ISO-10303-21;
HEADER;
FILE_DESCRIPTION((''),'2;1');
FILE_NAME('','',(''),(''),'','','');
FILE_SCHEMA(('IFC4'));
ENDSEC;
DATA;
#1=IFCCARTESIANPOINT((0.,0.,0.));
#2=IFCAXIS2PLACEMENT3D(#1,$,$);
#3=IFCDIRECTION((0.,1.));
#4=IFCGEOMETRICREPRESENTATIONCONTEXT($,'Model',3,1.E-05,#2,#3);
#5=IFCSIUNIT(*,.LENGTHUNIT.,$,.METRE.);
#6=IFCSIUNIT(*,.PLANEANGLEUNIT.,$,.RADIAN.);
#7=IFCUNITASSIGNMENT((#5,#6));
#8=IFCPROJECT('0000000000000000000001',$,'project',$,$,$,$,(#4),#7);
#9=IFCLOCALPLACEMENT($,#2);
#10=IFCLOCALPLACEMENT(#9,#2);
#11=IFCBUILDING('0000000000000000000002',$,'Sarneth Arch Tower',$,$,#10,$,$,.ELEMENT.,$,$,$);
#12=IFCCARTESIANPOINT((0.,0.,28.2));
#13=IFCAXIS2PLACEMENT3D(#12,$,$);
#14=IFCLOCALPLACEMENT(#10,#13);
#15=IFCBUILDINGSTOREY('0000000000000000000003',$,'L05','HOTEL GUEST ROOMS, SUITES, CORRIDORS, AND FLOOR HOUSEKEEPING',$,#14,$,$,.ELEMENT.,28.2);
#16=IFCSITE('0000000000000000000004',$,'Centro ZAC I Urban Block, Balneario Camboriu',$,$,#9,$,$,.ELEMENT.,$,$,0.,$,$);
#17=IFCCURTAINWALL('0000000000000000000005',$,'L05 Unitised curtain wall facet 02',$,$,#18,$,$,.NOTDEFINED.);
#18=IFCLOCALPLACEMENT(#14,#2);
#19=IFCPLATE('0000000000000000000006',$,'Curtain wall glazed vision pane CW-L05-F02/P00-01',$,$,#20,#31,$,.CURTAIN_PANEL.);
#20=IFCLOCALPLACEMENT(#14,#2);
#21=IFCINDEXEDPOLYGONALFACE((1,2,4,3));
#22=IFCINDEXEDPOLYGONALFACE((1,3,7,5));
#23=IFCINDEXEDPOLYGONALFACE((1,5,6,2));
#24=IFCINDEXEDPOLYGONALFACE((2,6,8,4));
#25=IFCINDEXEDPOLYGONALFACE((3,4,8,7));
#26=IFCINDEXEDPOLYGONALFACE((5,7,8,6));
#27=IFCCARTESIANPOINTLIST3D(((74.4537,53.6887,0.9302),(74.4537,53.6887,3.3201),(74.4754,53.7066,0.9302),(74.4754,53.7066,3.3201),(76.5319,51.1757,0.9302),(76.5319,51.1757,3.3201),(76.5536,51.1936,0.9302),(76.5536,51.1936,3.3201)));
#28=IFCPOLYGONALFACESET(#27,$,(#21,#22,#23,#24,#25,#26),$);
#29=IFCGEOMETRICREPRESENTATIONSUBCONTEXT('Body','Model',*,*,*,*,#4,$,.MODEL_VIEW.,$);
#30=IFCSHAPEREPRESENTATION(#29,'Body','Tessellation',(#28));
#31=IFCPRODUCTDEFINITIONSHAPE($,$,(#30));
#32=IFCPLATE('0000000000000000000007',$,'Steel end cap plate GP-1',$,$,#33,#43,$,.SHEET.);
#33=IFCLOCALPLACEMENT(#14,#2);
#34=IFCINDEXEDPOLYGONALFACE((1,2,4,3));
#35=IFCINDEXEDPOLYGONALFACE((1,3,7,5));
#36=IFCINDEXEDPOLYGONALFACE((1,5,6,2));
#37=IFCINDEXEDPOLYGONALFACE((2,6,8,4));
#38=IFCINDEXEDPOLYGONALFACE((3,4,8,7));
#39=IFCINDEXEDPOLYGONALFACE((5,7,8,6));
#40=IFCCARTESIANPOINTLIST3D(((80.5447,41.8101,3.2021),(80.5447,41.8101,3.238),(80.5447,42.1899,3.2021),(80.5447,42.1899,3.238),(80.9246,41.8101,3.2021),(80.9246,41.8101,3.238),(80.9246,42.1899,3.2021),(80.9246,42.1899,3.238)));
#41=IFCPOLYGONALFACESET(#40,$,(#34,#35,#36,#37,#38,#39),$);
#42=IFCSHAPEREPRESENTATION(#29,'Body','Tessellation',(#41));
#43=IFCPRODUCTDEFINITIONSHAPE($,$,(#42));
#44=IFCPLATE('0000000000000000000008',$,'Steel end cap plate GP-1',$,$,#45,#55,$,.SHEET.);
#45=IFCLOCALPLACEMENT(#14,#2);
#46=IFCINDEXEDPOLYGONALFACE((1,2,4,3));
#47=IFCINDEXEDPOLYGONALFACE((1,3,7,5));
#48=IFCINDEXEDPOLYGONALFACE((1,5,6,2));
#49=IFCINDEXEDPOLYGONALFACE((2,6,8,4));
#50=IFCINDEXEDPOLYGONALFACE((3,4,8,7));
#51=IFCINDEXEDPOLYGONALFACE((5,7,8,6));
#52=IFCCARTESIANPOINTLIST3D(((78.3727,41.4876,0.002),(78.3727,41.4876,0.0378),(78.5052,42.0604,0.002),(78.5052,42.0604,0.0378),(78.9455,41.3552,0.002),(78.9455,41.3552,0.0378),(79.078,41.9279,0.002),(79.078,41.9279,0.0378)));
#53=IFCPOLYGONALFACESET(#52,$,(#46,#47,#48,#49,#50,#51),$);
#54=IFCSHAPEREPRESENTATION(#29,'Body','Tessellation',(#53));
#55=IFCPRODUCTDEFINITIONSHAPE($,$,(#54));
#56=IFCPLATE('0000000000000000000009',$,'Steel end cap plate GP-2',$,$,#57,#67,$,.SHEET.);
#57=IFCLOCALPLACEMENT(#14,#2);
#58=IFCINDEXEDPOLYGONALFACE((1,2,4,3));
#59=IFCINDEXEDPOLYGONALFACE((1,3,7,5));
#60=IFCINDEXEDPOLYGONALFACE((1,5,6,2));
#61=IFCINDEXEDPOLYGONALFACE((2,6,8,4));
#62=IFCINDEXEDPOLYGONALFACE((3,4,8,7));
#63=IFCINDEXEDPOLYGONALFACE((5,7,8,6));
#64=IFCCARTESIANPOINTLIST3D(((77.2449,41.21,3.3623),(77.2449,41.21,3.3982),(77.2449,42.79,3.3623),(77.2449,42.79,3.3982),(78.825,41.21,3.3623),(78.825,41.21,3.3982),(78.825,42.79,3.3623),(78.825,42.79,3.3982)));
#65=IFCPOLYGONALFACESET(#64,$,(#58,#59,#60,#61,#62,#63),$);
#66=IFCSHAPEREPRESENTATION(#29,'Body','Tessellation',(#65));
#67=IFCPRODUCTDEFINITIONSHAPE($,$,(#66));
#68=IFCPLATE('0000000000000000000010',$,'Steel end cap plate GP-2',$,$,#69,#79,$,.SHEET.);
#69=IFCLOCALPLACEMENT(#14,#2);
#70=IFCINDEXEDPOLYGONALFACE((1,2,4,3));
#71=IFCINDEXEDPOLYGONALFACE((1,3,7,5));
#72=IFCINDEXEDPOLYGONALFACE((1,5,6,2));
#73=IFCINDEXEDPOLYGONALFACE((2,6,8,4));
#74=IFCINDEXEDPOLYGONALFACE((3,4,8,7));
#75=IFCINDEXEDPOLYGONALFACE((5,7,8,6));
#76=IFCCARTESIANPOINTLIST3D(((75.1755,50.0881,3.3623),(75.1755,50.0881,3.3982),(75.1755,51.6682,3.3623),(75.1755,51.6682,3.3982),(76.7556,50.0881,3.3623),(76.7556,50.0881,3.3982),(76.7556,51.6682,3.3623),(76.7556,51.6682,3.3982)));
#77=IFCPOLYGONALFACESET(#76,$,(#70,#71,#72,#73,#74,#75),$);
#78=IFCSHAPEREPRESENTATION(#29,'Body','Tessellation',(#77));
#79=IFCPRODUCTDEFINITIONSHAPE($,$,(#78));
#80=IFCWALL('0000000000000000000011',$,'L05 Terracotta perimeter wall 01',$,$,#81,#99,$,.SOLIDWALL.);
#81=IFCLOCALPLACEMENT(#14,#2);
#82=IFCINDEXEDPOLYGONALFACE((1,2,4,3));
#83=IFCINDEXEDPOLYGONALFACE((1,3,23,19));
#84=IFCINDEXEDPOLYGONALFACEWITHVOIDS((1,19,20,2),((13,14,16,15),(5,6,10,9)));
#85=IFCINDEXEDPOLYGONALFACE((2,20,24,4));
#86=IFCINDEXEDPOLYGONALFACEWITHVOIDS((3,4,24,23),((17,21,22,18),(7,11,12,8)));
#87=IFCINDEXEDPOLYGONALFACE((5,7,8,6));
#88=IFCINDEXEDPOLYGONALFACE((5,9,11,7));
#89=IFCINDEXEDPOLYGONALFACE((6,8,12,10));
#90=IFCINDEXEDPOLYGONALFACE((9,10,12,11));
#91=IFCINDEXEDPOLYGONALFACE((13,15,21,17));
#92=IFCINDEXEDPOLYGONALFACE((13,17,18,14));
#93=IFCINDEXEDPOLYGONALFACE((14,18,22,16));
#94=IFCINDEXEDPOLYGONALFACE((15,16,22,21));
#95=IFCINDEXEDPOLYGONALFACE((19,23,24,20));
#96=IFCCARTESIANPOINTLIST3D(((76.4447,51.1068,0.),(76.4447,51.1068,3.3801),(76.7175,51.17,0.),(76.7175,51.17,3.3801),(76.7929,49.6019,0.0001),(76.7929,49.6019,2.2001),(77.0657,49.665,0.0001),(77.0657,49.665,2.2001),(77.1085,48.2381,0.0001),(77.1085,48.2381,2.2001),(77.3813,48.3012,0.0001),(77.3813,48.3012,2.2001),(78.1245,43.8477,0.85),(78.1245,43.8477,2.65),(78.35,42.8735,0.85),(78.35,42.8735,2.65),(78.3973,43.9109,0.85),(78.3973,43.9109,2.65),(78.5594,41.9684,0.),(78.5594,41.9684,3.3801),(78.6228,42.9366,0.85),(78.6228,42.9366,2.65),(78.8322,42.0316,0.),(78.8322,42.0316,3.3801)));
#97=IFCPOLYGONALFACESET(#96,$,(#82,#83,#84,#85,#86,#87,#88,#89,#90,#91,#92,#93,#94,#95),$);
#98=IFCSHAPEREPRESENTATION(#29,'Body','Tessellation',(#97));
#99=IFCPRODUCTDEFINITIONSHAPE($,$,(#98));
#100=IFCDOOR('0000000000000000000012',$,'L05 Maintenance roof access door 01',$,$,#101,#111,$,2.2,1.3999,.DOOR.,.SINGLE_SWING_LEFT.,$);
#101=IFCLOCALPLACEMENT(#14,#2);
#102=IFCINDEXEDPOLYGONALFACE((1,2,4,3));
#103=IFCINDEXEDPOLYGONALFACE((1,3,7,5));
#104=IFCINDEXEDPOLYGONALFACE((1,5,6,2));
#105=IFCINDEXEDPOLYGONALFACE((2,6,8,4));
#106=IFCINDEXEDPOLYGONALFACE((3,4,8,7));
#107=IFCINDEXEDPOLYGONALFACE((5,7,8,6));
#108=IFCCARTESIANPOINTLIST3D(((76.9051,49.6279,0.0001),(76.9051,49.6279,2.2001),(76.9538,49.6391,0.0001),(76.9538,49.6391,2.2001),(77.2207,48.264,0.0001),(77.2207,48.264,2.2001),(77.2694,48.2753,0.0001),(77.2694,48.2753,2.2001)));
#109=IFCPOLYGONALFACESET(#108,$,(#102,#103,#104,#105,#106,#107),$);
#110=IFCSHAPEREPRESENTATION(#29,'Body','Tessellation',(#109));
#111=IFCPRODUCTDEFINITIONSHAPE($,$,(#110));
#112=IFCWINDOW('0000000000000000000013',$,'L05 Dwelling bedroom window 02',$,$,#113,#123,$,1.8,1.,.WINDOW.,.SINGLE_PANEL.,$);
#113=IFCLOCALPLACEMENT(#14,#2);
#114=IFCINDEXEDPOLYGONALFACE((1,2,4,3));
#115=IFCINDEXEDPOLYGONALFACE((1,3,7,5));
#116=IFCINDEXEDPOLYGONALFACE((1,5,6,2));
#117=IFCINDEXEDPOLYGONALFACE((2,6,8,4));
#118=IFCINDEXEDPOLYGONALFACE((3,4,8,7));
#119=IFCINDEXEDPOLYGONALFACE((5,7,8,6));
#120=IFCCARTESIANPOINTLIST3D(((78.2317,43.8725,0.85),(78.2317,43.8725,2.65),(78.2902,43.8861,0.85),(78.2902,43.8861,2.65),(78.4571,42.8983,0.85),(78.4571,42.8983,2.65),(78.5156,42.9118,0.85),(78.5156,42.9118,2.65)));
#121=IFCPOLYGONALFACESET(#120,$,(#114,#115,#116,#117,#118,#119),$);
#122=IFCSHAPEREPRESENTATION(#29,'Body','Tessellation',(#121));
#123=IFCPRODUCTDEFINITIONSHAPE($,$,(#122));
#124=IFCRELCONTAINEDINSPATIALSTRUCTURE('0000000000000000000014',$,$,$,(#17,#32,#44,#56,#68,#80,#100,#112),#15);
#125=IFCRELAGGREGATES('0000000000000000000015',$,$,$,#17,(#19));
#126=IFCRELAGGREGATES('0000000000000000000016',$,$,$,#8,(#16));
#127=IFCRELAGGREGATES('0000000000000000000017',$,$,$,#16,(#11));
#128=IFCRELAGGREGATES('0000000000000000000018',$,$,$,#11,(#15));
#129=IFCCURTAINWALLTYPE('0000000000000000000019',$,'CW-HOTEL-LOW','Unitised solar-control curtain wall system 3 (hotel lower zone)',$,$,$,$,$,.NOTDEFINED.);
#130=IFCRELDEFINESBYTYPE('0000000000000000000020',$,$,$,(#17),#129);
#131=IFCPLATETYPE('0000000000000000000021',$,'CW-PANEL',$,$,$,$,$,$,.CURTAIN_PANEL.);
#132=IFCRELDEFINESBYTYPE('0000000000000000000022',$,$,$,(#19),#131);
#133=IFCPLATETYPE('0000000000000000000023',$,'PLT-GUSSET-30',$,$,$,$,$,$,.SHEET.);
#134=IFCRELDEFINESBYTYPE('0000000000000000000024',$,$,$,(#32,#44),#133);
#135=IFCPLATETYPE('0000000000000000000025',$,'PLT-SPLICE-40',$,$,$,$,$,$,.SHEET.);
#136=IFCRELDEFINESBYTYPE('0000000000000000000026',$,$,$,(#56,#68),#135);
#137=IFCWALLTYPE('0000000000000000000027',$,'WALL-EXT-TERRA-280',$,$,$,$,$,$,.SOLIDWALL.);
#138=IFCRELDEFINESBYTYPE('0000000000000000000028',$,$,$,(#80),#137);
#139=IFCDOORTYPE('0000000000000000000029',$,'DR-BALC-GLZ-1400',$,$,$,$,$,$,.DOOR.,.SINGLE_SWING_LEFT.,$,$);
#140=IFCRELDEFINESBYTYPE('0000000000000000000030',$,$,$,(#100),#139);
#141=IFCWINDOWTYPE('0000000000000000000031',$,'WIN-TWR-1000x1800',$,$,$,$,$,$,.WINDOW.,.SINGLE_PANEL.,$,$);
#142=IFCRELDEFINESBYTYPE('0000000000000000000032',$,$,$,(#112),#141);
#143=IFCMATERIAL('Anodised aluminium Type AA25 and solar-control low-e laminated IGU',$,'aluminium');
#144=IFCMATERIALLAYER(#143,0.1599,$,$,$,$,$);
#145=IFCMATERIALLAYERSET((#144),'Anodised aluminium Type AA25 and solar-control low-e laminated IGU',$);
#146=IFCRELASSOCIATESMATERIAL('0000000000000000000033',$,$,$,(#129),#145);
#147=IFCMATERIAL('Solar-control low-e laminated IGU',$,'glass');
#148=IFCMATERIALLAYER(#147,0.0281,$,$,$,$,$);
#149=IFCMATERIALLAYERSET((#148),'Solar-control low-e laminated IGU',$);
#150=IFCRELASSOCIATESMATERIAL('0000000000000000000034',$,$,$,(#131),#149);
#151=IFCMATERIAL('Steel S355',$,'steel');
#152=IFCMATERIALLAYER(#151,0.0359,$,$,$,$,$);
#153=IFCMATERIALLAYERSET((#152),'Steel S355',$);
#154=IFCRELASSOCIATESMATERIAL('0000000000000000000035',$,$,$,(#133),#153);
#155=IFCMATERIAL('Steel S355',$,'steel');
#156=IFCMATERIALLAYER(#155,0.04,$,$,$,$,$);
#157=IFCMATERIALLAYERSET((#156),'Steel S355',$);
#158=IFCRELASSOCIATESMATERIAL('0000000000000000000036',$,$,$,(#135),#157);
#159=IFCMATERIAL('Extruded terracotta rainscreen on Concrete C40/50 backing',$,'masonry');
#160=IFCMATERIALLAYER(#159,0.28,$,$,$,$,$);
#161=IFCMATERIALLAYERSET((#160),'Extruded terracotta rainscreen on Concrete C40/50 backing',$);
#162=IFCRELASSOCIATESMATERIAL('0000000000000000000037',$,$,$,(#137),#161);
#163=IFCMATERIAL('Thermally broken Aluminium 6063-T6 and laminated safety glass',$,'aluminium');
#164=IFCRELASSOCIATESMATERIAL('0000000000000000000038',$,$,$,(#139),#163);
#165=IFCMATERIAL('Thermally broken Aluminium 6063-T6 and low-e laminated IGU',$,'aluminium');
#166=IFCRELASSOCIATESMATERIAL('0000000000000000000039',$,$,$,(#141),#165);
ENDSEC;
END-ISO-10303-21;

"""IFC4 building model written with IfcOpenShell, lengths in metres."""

from ifc_helpers import new_model, si_unit, direction, frame, frame_2d, origin, origin_2d, place, context, subcontext, project, spatial, rectangle, extrude, material, layer, layer_set, type_object, element, fill, aggregate, save


model = new_model("IFC4")

# Units and contexts
model_context = context("Model", 3, precision=1e-05, world=origin(), true_north=direction((0.0, 1.0)))
body_context = subcontext(model_context, "Body", "Model", "MODEL_VIEW")
ifc_project = project(units=[si_unit("LENGTHUNIT", "METRE"), si_unit("PLANEANGLEUNIT", "RADIAN")], contexts=[model_context])

# Site, building, storey
site_placement = place(None, origin())
site = spatial("IfcSite", under=ifc_project, at=site_placement, Name="Centro ZAC I Urban Block, Balneario Camboriu", CompositionType="ELEMENT", RefElevation=0.0)
building_placement = place(site_placement, origin())
building = spatial("IfcBuilding", under=site, at=building_placement, Name="Sarneth Arch Tower", CompositionType="ELEMENT")
storey_placement = place(building_placement, frame((0.0, 0.0, 28.2)))
storey = spatial("IfcBuildingStorey", under=building, at=storey_placement, Name="L05", Description="HOTEL GUEST ROOMS, SUITES, CORRIDORS, AND FLOOR HOUSEKEEPING", CompositionType="ELEMENT", Elevation=28.2)

# Curtain wall
ifc_material_1 = material(Name="Anodised aluminium Type AA25 and solar-control low-e laminated IGU", Category="aluminium")
ifc_layer_1 = layer(ifc_material_1, 0.1599)
ifc_layer_set_1 = layer_set([ifc_layer_1], Name="Anodised aluminium Type AA25 and solar-control low-e laminated IGU")
curtain_wall_type = type_object("IfcCurtainWallType", Name="CW-HOTEL-LOW", Description="Unitised solar-control curtain wall system 3 (hotel lower zone)", PredefinedType="NOTDEFINED", material=ifc_layer_set_1)
curtain_wall_placement = place(storey_placement, origin())
curtain_wall = element("IfcCurtainWall", 1, at=curtain_wall_placement, inside=storey, type_object=curtain_wall_type, Name="L05 Unitised curtain wall facet 02", PredefinedType="NOTDEFINED")

# Plate
ifc_material_2 = material(Name="Solar-control low-e laminated IGU", Category="glass")
ifc_layer_2 = layer(ifc_material_2, 0.0281)
ifc_layer_set_2 = layer_set([ifc_layer_2], Name="Solar-control low-e laminated IGU")
plate_type_1 = type_object("IfcPlateType", Name="CW-PANEL", PredefinedType="CURTAIN_PANEL", material=ifc_layer_set_2)
plate_1_placement = place(storey_placement, frame((75.5037, 52.4412, 0.9302), z_axis=(0.0, 0.0, 1.0), x_axis=(-0.637291, 0.770623, 0.0)))
plate_1 = element("IfcPlate", 2, at=plate_1_placement, type_object=plate_type_1, Name="Curtain wall glazed vision pane CW-L05-F02/P00-01", PredefinedType="CURTAIN_PANEL", context=body_context, shape_type="SweptSolid", body=[
    extrude(rectangle(XDim=3.261, YDim=0.0281, at=origin_2d()), origin(), (0.0, 0.0, 1.0), 2.3899),
])
aggregate(curtain_wall, [plate_1])

# Plates
ifc_material_3 = material(Name="Steel S355", Category="steel")
ifc_layer_3 = layer(ifc_material_3, 0.0359)
ifc_layer_set_3 = layer_set([ifc_layer_3], Name="Steel S355")
plate_type_2 = type_object("IfcPlateType", Name="PLT-GUSSET-30", PredefinedType="SHEET", material=ifc_layer_set_3)
plate_2_placement = place(storey_placement, frame((80.7346, 42.0, 3.2021), z_axis=(0.0, 0.0, 1.0), x_axis=(1.0, 0.0, 0.0)))
element("IfcPlate", 3, at=plate_2_placement, inside=storey, type_object=plate_type_2, Name="Steel end cap plate GP-1", PredefinedType="SHEET", context=body_context, shape_type="SweptSolid", body=[
    extrude(rectangle(XDim=0.3799, YDim=0.3799, at=origin_2d()), origin(), (0.0, 0.0, 1.0), 0.0359),
])
plate_3_placement = place(storey_placement, frame((78.7253, 41.7078, 0.002), z_axis=(0.0, 0.0, 1.0), x_axis=(0.225291, 0.974291, 0.0)))
element("IfcPlate", 4, at=plate_3_placement, inside=storey, type_object=plate_type_2, Name="Steel end cap plate GP-1", PredefinedType="SHEET", context=body_context, shape_type="SweptSolid", body=[
    extrude(rectangle(XDim=0.5879, YDim=0.5879, at=origin_2d()), origin(), (0.0, 0.0, 1.0), 0.0359),
])
ifc_material_4 = material(Name="Steel S355", Category="steel")
ifc_layer_4 = layer(ifc_material_4, 0.04)
ifc_layer_set_4 = layer_set([ifc_layer_4], Name="Steel S355")
plate_type_3 = type_object("IfcPlateType", Name="PLT-SPLICE-40", PredefinedType="SHEET", material=ifc_layer_set_4)
for number, where, z_axis, x_axis, name in (
    (5, (78.0349, 42.0, 3.3623), (0.0, 0.0, 1.0), (1.0, 0.0, 0.0), "Steel end cap plate GP-2"),
    (6, (75.9656, 50.8782, 3.3623), (0.0, 0.0, 1.0), (1.0, 0.0, 0.0), "Steel end cap plate GP-2"),
):
    element("IfcPlate", number, at=place(storey_placement, frame(where, z_axis=z_axis, x_axis=x_axis)), inside=storey, type_object=plate_type_3, Name=name, PredefinedType="SHEET", context=body_context, shape_type="SweptSolid", body=[
        extrude(rectangle(XDim=1.5801, YDim=1.5801, at=origin_2d()), origin(), (0.0, 0.0, 1.0), 0.0359),
    ])

# Wall, openings, door, window
ifc_material_5 = material(Name="Extruded terracotta rainscreen on Concrete C40/50 backing", Category="masonry")
ifc_layer_5 = layer(ifc_material_5, 0.28)
ifc_layer_set_5 = layer_set([ifc_layer_5], Name="Extruded terracotta rainscreen on Concrete C40/50 backing")
wall_type = type_object("IfcWallType", Name="WALL-EXT-TERRA-280", PredefinedType="SOLIDWALL", material=ifc_layer_set_5)
wall_placement = place(storey_placement, frame((78.6958, 42.0, 0.0), z_axis=(0.0, 0.0, 1.0), x_axis=(-0.225454, 0.974254, 0.0)))
wall = element("IfcWall", 7, at=wall_placement, inside=storey, type_object=wall_type, Name="L05 Terracotta perimeter wall 01", PredefinedType="SOLIDWALL", context=body_context, shape_type="SweptSolid", body=[
    extrude(rectangle(XDim=9.3799, YDim=0.28, at=frame_2d((4.6899, 0.0))), origin(), (0.0, 0.0, 1.0), 3.3801),
])
opening_1_placement = place(wall_placement, frame((6.4353, 0.0, 0.0)))
opening_1 = element("IfcOpeningElement", 8, at=opening_1_placement, cuts=wall, PredefinedType="OPENING", context=body_context, shape_type="SweptSolid", body=[
    extrude(rectangle(XDim=1.3999, YDim=2.2, at=frame_2d((0.7, 1.1001))), frame((0.0, 0.1499, 0.0), z_axis=(0.0, -1.0, 0.0), x_axis=(1.0, 0.0, 0.0)), (0.0, 0.0, 1.0), 0.3),
])
opening_2_placement = place(wall_placement, frame((0.929, 0.0, 0.8501)))
opening_2 = element("IfcOpeningElement", 9, at=opening_2_placement, cuts=wall, PredefinedType="OPENING", context=body_context, shape_type="SweptSolid", body=[
    extrude(rectangle(XDim=1.0, YDim=1.8, at=frame_2d((0.5, 0.8999))), frame((0.0, 0.1499, 0.0), z_axis=(0.0, -1.0, 0.0), x_axis=(1.0, 0.0, 0.0)), (0.0, 0.0, 1.0), 0.3),
])
ifc_material_6 = material(Name="Thermally broken Aluminium 6063-T6 and laminated safety glass", Category="aluminium")
door_type = type_object("IfcDoorType", Name="DR-BALC-GLZ-1400", OperationType="SINGLE_SWING_LEFT", PredefinedType="DOOR", material=ifc_material_6)
door_placement = place(opening_1_placement, origin())
door = element("IfcDoor", 10, at=door_placement, inside=storey, type_object=door_type, Name="L05 Maintenance roof access door 01", OperationType="SINGLE_SWING_LEFT", OverallHeight=2.2, OverallWidth=1.3999, PredefinedType="DOOR", context=body_context, shape_type="SweptSolid", body=[
    extrude(rectangle(XDim=1.3999, YDim=2.2, at=frame_2d((0.7, 1.1001))), frame((0.0, 0.0249, 0.0), z_axis=(0.0, -1.0, 0.0), x_axis=(1.0, 0.0, 0.0)), (0.0, 0.0, 1.0), 0.05),
])
fill(opening_1, door)
ifc_material_7 = material(Name="Thermally broken Aluminium 6063-T6 and low-e laminated IGU", Category="aluminium")
window_type = type_object("IfcWindowType", Name="WIN-TWR-1000x1800", PartitioningType="SINGLE_PANEL", PredefinedType="WINDOW", material=ifc_material_7)
window_placement = place(opening_2_placement, origin())
window = element("IfcWindow", 11, at=window_placement, inside=storey, type_object=window_type, Name="L05 Dwelling bedroom window 02", OverallHeight=1.8, OverallWidth=1.0, PartitioningType="SINGLE_PANEL", PredefinedType="WINDOW", context=body_context, shape_type="SweptSolid", body=[
    extrude(rectangle(XDim=1.0, YDim=1.8, at=frame_2d((0.5, 0.8999))), frame((0.0, 0.03, 0.0), z_axis=(0.0, -1.0, 0.0), x_axis=(1.0, 0.0, 0.0)), (0.0, 0.0, 1.0), 0.0601),
])
fill(opening_2, window)

save(model, "model.ifc")
